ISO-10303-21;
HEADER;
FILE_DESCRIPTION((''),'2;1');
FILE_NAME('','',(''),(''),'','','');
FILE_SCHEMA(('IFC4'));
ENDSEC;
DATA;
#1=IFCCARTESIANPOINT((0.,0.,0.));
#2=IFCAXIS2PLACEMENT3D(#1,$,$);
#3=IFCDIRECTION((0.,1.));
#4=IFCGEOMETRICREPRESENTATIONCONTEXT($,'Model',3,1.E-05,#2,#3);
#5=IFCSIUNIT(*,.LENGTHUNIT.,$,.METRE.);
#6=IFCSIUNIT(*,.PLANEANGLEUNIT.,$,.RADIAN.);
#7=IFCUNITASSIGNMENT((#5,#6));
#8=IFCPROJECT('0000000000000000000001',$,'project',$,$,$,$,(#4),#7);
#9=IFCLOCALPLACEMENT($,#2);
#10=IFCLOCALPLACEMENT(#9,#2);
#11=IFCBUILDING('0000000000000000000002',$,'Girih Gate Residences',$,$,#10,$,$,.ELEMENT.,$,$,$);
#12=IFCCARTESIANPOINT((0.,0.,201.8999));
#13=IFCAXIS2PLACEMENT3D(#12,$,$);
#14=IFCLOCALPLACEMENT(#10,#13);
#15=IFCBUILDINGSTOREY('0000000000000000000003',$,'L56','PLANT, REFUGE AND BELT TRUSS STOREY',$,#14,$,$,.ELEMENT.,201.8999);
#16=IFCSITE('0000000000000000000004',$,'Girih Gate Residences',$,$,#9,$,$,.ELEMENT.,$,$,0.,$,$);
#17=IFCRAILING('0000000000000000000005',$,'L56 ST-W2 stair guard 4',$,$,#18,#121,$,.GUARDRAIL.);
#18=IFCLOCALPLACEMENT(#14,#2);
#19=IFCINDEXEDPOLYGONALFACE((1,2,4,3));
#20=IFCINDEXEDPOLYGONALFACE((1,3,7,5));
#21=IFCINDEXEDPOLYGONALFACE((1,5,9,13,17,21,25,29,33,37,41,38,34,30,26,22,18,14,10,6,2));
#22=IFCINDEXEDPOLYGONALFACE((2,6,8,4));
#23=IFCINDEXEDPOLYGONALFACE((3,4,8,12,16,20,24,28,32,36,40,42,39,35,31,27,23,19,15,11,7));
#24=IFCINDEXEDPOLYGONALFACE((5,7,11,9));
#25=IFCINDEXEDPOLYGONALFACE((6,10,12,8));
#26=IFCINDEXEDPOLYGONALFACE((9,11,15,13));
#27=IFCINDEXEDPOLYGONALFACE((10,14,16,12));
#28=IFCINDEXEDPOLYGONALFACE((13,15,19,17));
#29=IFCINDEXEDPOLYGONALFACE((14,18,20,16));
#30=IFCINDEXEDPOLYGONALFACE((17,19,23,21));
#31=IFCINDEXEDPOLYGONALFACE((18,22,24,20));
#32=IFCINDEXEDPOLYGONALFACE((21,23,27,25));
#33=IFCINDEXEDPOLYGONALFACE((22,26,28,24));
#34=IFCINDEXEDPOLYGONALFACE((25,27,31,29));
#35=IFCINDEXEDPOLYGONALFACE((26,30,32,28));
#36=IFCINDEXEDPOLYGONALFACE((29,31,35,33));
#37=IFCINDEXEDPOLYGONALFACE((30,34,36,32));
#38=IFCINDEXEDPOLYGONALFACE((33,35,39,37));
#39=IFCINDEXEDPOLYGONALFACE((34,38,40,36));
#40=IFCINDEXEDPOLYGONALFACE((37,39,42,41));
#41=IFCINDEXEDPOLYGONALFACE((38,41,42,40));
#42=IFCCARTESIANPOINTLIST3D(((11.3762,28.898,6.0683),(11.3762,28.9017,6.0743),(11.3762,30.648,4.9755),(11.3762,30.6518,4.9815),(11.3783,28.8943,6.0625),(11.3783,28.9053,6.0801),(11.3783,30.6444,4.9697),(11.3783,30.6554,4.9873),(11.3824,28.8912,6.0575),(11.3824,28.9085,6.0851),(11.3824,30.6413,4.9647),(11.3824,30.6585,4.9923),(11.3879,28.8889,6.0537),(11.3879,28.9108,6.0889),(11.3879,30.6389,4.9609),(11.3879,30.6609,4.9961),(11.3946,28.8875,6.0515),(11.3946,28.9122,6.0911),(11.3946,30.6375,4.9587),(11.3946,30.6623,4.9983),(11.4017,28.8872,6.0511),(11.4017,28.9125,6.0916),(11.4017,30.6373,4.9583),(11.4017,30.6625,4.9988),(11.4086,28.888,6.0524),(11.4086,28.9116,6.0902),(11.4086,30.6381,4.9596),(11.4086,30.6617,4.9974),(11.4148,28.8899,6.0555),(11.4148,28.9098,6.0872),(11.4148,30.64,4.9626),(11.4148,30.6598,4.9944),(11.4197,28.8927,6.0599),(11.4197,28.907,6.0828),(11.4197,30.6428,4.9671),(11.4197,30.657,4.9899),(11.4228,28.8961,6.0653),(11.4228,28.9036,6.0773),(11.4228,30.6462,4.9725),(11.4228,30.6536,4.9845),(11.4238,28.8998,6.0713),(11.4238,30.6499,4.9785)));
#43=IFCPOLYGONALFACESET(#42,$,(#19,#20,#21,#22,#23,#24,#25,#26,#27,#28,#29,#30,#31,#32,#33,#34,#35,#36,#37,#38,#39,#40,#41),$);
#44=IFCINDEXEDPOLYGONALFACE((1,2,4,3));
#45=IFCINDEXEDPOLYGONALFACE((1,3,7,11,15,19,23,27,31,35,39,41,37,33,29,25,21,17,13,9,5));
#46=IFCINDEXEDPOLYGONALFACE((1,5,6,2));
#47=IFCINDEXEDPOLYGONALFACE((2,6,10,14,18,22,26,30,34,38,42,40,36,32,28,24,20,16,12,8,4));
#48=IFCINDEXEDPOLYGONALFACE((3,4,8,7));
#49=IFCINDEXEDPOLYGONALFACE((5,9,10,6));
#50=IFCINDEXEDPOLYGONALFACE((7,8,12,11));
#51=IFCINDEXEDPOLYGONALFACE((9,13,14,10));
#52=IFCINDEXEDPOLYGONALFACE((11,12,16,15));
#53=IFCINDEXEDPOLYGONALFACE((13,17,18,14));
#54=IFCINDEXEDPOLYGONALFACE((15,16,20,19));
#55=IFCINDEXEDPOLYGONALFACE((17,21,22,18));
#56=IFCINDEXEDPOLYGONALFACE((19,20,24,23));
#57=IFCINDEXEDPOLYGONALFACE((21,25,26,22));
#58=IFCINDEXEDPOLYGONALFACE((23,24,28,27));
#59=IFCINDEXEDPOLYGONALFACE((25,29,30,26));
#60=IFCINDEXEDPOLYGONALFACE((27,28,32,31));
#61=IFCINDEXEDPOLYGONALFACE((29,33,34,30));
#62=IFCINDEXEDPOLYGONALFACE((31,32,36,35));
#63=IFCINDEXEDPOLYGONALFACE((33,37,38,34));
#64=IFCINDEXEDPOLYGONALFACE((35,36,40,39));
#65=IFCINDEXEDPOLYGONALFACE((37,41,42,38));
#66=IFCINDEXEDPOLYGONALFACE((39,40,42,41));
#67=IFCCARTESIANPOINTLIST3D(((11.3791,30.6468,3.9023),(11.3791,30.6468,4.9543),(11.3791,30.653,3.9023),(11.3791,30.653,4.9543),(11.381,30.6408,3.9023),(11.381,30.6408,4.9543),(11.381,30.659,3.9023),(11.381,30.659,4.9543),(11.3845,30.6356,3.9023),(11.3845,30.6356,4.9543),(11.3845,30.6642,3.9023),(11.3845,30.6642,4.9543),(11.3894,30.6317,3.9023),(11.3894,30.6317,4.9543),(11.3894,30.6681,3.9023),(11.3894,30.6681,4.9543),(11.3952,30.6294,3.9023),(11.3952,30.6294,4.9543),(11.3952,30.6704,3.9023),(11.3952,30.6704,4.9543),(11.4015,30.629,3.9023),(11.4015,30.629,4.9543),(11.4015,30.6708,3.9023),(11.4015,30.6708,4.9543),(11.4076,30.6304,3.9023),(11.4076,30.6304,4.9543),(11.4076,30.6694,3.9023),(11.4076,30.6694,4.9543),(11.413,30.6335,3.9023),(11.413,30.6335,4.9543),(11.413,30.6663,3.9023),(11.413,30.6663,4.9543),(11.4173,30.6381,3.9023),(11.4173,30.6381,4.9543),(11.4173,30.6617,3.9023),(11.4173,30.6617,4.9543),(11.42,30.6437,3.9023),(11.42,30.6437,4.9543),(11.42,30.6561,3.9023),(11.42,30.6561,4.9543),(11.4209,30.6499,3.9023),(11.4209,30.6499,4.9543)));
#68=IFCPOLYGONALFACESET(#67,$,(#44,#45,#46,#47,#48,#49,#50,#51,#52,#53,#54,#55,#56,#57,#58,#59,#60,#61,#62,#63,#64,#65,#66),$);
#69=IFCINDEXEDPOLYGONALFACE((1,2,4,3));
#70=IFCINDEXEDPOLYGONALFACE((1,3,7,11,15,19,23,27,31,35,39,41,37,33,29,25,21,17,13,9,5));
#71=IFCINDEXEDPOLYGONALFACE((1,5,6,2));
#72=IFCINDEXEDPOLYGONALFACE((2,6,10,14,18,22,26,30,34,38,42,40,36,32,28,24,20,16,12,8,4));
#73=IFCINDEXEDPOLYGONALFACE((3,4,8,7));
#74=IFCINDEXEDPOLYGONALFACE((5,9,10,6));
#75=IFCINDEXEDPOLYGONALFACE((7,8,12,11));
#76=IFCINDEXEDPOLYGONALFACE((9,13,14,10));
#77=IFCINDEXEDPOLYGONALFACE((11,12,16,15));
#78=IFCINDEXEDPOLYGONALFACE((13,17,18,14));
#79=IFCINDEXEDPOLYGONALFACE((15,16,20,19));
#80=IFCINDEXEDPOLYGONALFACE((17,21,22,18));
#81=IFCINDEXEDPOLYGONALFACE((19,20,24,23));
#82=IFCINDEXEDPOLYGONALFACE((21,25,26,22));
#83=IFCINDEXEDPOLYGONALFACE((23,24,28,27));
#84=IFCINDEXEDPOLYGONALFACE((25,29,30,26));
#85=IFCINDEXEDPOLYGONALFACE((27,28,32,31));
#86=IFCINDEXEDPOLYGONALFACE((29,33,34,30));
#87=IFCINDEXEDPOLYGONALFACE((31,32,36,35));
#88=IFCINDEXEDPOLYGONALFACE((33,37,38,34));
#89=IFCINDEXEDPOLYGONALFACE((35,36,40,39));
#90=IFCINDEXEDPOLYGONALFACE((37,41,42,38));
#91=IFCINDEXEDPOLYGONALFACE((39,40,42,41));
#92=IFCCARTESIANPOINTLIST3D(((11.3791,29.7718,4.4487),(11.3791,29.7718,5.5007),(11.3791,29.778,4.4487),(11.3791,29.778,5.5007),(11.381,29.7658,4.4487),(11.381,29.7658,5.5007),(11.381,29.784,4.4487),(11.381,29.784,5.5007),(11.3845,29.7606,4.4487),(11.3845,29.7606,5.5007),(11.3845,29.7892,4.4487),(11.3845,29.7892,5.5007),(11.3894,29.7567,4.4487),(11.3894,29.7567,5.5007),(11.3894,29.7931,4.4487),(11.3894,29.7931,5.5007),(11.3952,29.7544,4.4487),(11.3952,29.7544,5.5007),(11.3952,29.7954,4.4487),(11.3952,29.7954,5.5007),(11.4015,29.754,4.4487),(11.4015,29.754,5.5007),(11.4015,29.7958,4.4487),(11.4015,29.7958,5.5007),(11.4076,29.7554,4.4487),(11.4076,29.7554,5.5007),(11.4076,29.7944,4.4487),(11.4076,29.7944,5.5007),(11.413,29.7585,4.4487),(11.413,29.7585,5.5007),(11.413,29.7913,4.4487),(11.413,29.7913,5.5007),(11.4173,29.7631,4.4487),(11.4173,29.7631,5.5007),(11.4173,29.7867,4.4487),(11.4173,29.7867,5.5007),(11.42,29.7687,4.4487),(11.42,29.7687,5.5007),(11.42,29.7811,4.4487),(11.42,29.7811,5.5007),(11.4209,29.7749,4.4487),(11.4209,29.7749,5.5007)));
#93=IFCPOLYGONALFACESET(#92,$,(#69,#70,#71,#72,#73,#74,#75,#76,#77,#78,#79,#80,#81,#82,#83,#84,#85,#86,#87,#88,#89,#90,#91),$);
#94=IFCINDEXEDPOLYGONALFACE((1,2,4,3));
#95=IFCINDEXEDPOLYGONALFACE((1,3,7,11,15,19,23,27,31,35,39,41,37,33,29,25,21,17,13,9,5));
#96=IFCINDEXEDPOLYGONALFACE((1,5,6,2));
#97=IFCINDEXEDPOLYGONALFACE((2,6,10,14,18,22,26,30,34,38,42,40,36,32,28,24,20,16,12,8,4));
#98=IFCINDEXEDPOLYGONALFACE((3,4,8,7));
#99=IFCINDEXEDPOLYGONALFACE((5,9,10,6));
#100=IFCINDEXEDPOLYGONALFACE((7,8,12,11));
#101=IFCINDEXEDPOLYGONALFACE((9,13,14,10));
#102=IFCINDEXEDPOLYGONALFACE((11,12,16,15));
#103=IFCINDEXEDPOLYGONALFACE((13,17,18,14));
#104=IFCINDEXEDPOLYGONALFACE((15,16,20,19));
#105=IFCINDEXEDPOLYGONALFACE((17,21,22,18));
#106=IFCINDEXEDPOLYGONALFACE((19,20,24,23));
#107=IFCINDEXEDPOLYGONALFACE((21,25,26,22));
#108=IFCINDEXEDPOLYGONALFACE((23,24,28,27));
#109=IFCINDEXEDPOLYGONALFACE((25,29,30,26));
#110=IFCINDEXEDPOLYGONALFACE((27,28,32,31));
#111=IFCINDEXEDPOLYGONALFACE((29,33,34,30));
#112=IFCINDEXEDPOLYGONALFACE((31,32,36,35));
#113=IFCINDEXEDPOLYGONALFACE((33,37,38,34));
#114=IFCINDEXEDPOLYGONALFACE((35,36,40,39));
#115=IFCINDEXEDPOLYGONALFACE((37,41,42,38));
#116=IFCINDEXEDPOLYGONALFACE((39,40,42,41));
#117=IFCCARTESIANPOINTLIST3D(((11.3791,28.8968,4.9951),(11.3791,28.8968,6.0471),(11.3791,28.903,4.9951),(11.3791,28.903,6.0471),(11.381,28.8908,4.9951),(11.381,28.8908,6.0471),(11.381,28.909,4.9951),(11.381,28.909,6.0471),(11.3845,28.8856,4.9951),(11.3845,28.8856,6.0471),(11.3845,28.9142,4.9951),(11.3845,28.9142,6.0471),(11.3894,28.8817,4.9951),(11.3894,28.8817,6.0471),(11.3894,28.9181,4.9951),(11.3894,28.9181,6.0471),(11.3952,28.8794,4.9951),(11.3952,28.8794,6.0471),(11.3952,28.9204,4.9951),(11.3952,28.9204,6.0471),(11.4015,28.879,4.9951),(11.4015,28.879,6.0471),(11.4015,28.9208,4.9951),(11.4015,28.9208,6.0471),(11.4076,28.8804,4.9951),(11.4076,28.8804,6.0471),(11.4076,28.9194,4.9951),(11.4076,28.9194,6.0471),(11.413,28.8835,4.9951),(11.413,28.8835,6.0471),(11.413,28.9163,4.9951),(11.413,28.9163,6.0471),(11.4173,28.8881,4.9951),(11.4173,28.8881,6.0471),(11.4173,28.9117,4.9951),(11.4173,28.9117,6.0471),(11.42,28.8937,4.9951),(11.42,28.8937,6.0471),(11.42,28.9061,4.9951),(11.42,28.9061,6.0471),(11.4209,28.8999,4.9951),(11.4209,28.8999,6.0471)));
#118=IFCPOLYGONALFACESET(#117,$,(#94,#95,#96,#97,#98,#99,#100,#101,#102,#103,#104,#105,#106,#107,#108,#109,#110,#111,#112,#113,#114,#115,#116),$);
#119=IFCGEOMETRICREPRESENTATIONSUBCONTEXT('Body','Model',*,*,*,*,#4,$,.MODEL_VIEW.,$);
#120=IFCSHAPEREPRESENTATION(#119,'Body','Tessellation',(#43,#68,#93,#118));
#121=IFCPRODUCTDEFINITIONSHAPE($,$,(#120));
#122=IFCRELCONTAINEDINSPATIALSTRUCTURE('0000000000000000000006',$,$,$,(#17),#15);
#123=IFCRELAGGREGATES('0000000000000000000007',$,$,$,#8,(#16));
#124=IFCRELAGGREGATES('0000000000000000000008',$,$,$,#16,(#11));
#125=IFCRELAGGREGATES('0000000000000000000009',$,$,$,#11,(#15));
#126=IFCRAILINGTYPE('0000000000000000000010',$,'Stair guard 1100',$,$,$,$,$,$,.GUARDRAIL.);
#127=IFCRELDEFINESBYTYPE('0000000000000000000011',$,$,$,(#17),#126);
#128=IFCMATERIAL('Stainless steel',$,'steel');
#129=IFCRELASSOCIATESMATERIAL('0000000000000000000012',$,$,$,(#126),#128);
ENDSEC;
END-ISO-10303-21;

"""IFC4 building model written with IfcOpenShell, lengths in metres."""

from ifc_helpers import new_model, si_unit, direction, frame, origin, origin_2d, place, context, subcontext, project, spatial, circle, extrude, material, type_object, element, save


model = new_model("IFC4")

# Units and contexts
model_context = context("Model", 3, precision=1e-05, world=origin(), true_north=direction((0.0, 1.0)))
body_context = subcontext(model_context, "Body", "Model", "MODEL_VIEW")
ifc_project = project(units=[si_unit("LENGTHUNIT", "METRE"), si_unit("PLANEANGLEUNIT", "RADIAN")], contexts=[model_context])

# Site, building, storey
site_placement = place(None, origin())
site = spatial("IfcSite", under=ifc_project, at=site_placement, Name="Girih Gate Residences", CompositionType="ELEMENT", RefElevation=0.0)
building_placement = place(site_placement, origin())
building = spatial("IfcBuilding", under=site, at=building_placement, Name="Girih Gate Residences", CompositionType="ELEMENT")
storey_placement = place(building_placement, frame((0.0, 0.0, 201.8999)))
storey = spatial("IfcBuildingStorey", under=building, at=storey_placement, Name="L56", Description="PLANT, REFUGE AND BELT TRUSS STOREY", CompositionType="ELEMENT", Elevation=201.8999)

# Railing
ifc_material_1 = material(Name="Stainless steel", Category="steel")
railing_type_1 = type_object("IfcRailingType", Name="Stair guard 1100", PredefinedType="GUARDRAIL", material=ifc_material_1)
railing_1_placement = place(storey_placement, frame((11.3999, 30.6499, 3.9023)))
element("IfcRailing", 1, at=railing_1_placement, inside=storey, type_object=railing_type_1, Name="L56 ST-W2 stair guard 4", PredefinedType="GUARDRAIL", context=body_context, shape_type="SweptSolid", body=[
    extrude(circle(Radius=0.0239, at=origin_2d()), frame((0.0, 0.0, 1.0762), z_axis=(0.0, -0.848211, 0.529659), x_axis=(1.0, 0.0, 0.0)), (0.0, 0.0, 1.0), 2.0632),
    extrude(circle(Radius=0.021, at=origin_2d()), origin(), (0.0, 0.0, 1.0), 1.052),
    extrude(circle(Radius=0.021, at=origin_2d()), frame((0.0, -0.875, 0.5464)), (0.0, 0.0, 1.0), 1.052),
    extrude(circle(Radius=0.021, at=origin_2d()), frame((0.0, -1.75, 1.0928)), (0.0, 0.0, 1.0), 1.052),
])

save(model, "model.ifc")
